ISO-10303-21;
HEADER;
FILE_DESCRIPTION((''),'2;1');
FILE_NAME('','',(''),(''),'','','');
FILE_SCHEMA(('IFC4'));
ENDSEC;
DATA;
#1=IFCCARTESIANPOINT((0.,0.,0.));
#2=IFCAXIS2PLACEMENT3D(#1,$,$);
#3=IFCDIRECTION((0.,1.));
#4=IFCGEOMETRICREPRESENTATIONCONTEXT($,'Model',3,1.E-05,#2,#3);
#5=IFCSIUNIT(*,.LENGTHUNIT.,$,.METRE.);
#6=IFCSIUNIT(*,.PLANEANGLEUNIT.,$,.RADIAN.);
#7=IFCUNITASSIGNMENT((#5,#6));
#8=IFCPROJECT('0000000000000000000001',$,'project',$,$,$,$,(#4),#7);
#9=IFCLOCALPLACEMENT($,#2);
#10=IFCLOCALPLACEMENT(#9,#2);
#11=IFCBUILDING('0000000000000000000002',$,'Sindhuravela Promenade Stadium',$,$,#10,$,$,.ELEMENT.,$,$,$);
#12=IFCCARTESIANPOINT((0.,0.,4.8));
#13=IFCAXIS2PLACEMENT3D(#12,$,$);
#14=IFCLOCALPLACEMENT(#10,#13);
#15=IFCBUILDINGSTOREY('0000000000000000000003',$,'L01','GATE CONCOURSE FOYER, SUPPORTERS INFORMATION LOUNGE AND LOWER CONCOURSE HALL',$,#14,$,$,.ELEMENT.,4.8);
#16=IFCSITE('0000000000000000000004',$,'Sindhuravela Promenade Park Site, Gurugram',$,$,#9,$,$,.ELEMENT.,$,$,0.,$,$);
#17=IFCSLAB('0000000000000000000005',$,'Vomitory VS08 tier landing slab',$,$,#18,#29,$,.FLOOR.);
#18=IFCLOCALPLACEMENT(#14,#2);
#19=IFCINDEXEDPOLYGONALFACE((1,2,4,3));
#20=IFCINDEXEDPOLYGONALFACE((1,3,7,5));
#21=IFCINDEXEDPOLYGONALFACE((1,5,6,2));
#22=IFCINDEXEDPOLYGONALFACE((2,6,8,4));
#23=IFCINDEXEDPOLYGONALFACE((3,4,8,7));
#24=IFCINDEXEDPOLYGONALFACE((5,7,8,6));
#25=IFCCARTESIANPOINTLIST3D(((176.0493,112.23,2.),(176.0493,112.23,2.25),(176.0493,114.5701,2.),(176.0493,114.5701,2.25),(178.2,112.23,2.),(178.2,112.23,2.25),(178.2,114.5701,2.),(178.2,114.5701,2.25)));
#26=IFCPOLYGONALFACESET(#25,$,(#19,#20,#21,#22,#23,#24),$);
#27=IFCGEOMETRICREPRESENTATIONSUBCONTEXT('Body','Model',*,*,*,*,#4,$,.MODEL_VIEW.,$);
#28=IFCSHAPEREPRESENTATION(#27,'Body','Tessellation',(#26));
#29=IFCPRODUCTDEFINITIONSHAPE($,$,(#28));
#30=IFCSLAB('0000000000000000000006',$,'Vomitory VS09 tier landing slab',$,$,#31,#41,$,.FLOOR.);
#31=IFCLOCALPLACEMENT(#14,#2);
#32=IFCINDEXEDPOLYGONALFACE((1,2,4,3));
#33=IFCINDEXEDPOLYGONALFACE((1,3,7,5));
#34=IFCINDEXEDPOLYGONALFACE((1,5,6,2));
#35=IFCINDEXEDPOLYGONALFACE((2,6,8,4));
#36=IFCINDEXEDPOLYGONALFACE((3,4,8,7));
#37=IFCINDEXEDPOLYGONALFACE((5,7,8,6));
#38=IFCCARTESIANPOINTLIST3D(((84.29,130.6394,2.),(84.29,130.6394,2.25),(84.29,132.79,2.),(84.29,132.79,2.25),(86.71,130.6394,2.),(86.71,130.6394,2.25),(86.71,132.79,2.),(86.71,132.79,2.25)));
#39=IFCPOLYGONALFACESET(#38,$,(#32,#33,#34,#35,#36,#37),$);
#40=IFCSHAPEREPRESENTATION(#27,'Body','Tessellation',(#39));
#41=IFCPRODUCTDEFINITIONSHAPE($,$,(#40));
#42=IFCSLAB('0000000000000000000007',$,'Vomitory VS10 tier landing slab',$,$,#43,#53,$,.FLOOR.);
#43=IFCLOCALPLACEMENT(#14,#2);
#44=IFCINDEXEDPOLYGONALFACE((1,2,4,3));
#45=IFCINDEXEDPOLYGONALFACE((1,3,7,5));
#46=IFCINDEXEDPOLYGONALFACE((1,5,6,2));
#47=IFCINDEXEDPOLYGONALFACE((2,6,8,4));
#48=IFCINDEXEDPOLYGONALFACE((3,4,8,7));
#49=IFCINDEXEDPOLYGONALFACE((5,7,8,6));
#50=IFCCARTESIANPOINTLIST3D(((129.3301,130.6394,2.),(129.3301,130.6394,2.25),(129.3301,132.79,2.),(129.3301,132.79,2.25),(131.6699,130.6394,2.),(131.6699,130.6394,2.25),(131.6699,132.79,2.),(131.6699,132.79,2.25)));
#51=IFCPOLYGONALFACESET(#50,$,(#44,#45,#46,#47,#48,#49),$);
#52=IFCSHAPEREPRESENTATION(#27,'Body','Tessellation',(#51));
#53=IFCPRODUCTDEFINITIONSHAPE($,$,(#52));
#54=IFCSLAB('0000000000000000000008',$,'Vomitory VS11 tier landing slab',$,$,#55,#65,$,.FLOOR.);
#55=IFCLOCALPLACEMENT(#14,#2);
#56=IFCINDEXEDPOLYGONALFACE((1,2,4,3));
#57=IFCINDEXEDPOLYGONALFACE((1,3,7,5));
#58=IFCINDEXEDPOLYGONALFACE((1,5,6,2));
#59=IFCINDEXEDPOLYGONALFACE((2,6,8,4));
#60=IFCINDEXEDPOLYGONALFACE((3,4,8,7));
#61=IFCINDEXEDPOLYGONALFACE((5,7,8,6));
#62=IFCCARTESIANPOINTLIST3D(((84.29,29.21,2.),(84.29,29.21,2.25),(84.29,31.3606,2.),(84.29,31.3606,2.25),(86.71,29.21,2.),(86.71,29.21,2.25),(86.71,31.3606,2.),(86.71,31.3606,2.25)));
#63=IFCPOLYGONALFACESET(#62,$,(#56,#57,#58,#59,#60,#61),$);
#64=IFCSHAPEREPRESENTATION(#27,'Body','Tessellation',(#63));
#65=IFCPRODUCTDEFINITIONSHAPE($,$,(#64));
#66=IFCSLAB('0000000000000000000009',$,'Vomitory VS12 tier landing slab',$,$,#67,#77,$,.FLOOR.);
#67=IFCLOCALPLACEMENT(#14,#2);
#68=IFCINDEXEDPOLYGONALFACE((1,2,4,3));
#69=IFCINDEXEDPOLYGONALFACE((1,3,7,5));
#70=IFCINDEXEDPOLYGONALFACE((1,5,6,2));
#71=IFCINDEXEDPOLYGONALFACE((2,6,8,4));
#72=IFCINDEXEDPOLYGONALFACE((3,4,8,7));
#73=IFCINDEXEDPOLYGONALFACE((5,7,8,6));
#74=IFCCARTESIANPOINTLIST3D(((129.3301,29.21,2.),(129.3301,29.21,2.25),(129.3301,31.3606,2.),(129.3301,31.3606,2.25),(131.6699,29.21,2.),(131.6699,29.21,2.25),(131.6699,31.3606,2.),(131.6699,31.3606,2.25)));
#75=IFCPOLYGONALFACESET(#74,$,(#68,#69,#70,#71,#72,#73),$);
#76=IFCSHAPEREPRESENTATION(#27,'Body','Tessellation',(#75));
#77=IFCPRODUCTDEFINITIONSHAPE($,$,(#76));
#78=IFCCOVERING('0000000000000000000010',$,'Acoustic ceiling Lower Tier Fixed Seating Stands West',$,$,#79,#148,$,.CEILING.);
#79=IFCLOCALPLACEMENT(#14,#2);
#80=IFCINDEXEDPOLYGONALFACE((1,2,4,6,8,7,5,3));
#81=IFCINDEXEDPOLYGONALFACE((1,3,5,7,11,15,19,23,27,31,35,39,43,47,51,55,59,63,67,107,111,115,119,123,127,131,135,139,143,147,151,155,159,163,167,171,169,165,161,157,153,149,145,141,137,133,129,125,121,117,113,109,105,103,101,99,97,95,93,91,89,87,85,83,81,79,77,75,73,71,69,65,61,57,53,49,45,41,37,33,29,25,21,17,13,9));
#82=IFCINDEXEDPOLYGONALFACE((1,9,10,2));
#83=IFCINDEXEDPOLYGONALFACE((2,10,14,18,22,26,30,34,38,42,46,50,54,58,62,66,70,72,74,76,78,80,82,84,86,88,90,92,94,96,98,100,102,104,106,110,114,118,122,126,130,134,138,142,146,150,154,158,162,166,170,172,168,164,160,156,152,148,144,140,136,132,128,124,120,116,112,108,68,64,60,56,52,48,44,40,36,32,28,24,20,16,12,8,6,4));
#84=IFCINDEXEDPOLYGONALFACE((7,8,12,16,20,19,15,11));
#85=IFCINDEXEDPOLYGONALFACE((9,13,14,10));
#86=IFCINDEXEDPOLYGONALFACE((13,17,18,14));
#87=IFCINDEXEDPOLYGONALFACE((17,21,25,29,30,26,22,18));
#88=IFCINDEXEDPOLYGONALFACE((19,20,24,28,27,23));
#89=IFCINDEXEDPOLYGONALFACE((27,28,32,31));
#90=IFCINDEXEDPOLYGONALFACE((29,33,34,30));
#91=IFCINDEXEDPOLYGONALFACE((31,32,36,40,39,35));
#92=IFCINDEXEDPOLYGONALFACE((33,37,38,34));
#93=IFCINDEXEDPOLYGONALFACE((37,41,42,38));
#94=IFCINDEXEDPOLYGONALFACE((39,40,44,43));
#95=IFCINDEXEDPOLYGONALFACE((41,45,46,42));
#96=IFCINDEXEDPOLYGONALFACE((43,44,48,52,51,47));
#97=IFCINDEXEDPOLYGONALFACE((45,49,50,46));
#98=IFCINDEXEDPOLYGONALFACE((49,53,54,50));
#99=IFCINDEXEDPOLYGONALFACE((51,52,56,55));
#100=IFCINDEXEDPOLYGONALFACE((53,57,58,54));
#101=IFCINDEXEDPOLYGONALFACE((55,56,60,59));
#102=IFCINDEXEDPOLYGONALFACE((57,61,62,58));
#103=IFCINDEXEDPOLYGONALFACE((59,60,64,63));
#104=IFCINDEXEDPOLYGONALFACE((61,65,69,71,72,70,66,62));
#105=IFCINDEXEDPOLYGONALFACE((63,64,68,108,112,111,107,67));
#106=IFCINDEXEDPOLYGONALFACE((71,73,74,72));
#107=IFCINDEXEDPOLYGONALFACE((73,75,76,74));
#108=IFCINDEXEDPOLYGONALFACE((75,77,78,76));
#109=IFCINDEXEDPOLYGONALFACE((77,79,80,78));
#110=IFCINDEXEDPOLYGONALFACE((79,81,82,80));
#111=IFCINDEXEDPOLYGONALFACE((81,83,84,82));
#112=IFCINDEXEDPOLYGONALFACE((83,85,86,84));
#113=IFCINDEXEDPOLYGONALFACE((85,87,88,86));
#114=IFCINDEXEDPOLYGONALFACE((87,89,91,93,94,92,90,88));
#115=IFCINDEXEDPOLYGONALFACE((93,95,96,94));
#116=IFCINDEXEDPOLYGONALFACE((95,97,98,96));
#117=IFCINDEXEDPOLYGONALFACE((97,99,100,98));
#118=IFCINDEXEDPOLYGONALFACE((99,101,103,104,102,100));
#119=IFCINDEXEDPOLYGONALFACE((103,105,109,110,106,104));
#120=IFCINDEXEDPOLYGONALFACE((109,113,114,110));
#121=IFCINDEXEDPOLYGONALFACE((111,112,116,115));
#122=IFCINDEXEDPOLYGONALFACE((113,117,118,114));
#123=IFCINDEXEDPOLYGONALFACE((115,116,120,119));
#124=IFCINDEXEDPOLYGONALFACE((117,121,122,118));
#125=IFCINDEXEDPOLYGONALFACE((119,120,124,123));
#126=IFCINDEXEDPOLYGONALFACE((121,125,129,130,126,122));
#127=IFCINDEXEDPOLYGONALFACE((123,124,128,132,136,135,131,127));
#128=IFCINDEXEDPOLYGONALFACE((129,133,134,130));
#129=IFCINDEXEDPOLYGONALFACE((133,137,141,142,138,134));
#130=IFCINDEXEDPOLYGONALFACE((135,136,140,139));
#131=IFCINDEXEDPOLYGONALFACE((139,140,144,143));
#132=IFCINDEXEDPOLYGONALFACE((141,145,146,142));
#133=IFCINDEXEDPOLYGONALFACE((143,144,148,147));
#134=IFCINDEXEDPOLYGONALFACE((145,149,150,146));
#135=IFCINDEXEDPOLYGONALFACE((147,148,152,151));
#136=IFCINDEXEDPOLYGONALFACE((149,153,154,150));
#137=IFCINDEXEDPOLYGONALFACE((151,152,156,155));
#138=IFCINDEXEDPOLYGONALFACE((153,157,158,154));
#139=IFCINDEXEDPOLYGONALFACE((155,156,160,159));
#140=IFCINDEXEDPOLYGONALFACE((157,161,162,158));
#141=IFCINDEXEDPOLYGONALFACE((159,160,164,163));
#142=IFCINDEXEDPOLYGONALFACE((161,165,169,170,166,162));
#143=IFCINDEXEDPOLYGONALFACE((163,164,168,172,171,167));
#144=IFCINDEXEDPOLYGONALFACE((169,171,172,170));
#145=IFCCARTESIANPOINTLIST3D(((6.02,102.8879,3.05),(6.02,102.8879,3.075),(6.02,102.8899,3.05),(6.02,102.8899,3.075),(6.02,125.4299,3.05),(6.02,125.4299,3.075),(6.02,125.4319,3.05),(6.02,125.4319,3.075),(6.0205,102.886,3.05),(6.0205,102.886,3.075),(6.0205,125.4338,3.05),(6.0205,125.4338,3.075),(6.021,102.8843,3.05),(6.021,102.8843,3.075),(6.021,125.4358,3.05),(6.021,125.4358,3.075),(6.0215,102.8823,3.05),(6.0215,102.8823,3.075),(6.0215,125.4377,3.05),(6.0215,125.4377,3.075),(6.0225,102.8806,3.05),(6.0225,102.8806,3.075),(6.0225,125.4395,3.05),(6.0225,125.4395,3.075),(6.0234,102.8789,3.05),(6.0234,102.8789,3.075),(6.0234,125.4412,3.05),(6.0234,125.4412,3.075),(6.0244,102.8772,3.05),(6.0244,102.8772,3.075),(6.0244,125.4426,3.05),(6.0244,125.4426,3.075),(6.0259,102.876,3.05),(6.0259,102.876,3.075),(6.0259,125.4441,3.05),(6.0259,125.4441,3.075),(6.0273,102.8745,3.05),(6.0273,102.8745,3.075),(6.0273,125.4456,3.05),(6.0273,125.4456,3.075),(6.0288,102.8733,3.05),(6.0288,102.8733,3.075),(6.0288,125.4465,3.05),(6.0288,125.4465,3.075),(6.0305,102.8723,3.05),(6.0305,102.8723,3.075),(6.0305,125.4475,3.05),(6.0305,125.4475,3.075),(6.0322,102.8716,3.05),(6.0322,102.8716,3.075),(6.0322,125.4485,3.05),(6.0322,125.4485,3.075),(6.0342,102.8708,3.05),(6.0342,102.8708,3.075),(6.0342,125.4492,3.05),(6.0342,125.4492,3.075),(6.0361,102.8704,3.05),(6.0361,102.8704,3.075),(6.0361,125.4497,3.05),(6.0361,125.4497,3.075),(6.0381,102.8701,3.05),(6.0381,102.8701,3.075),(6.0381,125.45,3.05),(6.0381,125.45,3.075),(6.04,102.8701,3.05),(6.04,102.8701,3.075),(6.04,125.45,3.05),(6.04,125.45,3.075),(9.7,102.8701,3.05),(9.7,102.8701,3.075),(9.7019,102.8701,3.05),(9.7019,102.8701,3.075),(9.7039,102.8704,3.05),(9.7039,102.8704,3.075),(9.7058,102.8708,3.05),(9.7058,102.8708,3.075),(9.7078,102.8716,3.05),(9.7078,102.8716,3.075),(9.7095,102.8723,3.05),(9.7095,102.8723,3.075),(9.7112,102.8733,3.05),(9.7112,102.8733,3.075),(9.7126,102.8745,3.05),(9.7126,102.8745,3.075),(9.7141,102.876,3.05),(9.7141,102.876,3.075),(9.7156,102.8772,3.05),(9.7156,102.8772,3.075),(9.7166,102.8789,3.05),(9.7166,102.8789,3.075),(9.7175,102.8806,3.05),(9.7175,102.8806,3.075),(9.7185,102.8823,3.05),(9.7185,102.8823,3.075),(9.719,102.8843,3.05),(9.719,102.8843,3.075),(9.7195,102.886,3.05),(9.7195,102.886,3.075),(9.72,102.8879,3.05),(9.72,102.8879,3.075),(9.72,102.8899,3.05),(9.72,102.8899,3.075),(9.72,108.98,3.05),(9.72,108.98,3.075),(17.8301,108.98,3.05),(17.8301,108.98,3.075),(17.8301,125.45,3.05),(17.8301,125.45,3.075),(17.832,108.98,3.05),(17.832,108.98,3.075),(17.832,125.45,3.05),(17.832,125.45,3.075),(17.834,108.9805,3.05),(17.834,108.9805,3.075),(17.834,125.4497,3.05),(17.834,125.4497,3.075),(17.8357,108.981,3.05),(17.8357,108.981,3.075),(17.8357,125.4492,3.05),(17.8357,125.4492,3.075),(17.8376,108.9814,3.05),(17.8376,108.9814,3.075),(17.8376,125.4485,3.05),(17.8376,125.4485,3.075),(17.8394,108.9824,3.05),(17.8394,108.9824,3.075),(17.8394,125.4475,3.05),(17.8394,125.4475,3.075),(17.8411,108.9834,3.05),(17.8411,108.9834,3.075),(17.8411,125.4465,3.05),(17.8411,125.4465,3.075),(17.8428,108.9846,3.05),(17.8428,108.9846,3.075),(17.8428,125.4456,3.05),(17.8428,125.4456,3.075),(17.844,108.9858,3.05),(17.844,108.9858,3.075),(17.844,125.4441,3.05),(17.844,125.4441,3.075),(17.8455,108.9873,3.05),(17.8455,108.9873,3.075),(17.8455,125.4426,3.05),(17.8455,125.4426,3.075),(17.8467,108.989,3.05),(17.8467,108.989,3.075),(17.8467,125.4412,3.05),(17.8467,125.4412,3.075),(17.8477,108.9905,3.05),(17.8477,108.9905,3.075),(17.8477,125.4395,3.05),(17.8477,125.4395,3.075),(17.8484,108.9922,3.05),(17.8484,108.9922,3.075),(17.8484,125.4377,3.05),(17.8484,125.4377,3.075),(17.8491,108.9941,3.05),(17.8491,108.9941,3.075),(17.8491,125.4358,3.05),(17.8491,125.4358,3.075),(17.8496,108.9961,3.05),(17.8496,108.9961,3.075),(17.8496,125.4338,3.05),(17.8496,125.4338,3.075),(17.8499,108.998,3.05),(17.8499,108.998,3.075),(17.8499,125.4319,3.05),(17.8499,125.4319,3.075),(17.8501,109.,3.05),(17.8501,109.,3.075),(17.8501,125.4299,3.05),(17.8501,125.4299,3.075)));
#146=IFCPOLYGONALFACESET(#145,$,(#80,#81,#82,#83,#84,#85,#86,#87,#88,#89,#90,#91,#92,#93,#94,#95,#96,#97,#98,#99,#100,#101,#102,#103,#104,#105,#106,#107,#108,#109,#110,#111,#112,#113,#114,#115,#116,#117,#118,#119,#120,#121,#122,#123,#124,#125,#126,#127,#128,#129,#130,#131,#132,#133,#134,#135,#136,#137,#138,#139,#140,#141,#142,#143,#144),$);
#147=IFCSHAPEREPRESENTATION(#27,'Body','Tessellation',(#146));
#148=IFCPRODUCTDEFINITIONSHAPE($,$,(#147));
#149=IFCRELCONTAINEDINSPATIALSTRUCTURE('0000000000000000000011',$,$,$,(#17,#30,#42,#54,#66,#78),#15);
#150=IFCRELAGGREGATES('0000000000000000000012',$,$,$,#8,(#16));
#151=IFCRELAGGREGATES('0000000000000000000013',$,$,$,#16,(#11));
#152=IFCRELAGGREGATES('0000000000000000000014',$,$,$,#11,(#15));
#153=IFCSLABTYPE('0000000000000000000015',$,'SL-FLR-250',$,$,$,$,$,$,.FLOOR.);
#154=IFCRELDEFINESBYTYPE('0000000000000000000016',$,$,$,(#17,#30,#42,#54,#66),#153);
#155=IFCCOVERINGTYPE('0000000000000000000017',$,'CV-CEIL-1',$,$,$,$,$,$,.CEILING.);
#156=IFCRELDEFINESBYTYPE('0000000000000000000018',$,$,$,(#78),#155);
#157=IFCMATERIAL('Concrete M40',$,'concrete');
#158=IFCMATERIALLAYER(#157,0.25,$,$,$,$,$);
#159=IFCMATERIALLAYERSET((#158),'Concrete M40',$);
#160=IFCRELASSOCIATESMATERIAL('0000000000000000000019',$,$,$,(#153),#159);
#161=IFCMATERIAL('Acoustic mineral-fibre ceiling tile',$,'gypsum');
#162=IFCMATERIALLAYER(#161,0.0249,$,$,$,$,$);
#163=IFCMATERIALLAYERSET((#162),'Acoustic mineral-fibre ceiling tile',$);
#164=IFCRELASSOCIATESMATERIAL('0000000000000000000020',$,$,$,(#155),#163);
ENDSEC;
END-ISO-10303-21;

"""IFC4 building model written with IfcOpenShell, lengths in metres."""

from ifc_helpers import new_model, si_unit, direction, frame, origin, place, context, subcontext, project, spatial, polyline, outline, extrude, material, layer, layer_set, type_object, element, save


model = new_model("IFC4")

# Units and contexts
model_context = context("Model", 3, precision=1e-05, world=origin(), true_north=direction((0.0, 1.0)))
body_context = subcontext(model_context, "Body", "Model", "MODEL_VIEW")
ifc_project = project(units=[si_unit("LENGTHUNIT", "METRE"), si_unit("PLANEANGLEUNIT", "RADIAN")], contexts=[model_context])

# Site, building, storey
site_placement = place(None, origin())
site = spatial("IfcSite", under=ifc_project, at=site_placement, Name="Sindhuravela Promenade Park Site, Gurugram", CompositionType="ELEMENT", RefElevation=0.0)
building_placement = place(site_placement, origin())
building = spatial("IfcBuilding", under=site, at=building_placement, Name="Sindhuravela Promenade Stadium", CompositionType="ELEMENT")
storey_placement = place(building_placement, frame((0.0, 0.0, 4.8)))
storey = spatial("IfcBuildingStorey", under=building, at=storey_placement, Name="L01", Description="GATE CONCOURSE FOYER, SUPPORTERS INFORMATION LOUNGE AND LOWER CONCOURSE HALL", CompositionType="ELEMENT", Elevation=4.8)

# Slabs
ifc_material_1 = material(Name="Concrete M40", Category="concrete")
ifc_layer_1 = layer(ifc_material_1, 0.25)
ifc_layer_set_1 = layer_set([ifc_layer_1], Name="Concrete M40")
slab_type = type_object("IfcSlabType", Name="SL-FLR-250", PredefinedType="FLOOR", material=ifc_layer_set_1)
slab_1_placement = place(storey_placement, frame((0.0, 0.0, 2.0)))
element("IfcSlab", 1, at=slab_1_placement, inside=storey, type_object=slab_type, Name="Vomitory VS08 tier landing slab", PredefinedType="FLOOR", context=body_context, shape_type="SweptSolid", body=[
    extrude(outline(polyline([(176.0493, 112.23), (178.2, 112.23), (178.2, 114.5701), (176.0493, 114.5701), (176.0493, 112.23)])), origin(), (0.0, 0.0, 1.0), 0.25),
])
slab_2_placement = place(storey_placement, frame((0.0, 0.0, 2.0)))
element("IfcSlab", 2, at=slab_2_placement, inside=storey, type_object=slab_type, Name="Vomitory VS09 tier landing slab", PredefinedType="FLOOR", context=body_context, shape_type="SweptSolid", body=[
    extrude(outline(polyline([(86.71, 130.6394), (86.71, 132.79), (84.29, 132.79), (84.29, 130.6394), (86.71, 130.6394)])), origin(), (0.0, 0.0, 1.0), 0.25),
])
slab_3_placement = place(storey_placement, frame((0.0, 0.0, 2.0)))
element("IfcSlab", 3, at=slab_3_placement, inside=storey, type_object=slab_type, Name="Vomitory VS10 tier landing slab", PredefinedType="FLOOR", context=body_context, shape_type="SweptSolid", body=[
    extrude(outline(polyline([(131.6699, 130.6394), (131.6699, 132.79), (129.3301, 132.79), (129.3301, 130.6394), (131.6699, 130.6394)])), origin(), (0.0, 0.0, 1.0), 0.25),
])
slab_4_placement = place(storey_placement, frame((0.0, 0.0, 2.0)))
element("IfcSlab", 4, at=slab_4_placement, inside=storey, type_object=slab_type, Name="Vomitory VS11 tier landing slab", PredefinedType="FLOOR", context=body_context, shape_type="SweptSolid", body=[
    extrude(outline(polyline([(84.29, 31.3606), (84.29, 29.21), (86.71, 29.21), (86.71, 31.3606), (84.29, 31.3606)])), origin(), (0.0, 0.0, 1.0), 0.25),
])
slab_5_placement = place(storey_placement, frame((0.0, 0.0, 2.0)))
element("IfcSlab", 5, at=slab_5_placement, inside=storey, type_object=slab_type, Name="Vomitory VS12 tier landing slab", PredefinedType="FLOOR", context=body_context, shape_type="SweptSolid", body=[
    extrude(outline(polyline([(129.3301, 31.3606), (129.3301, 29.21), (131.6699, 29.21), (131.6699, 31.3606), (129.3301, 31.3606)])), origin(), (0.0, 0.0, 1.0), 0.25),
])

# Covering
ifc_material_2 = material(Name="Acoustic mineral-fibre ceiling tile", Category="gypsum")
ifc_layer_2 = layer(ifc_material_2, 0.0249)
ifc_layer_set_2 = layer_set([ifc_layer_2], Name="Acoustic mineral-fibre ceiling tile")
covering_type_1 = type_object("IfcCoveringType", Name="CV-CEIL-1", PredefinedType="CEILING", material=ifc_layer_set_2)
covering_1_placement = place(storey_placement, frame((0.0, 0.0, 3.05)))
element("IfcCovering", 6, at=covering_1_placement, inside=storey, type_object=covering_type_1, Name="Acoustic ceiling Lower Tier Fixed Seating Stands West", PredefinedType="CEILING", context=body_context, shape_type="SweptSolid", body=[
    extrude(outline(polyline([(9.72, 108.98), (9.72, 102.8899), (9.72, 102.8879), (9.7195, 102.886), (9.719, 102.8843), (9.7185, 102.8823), (9.7175, 102.8806), (9.7166, 102.8789), (9.7156, 102.8772), (9.7141, 102.876), (9.7126, 102.8745), (9.7112, 102.8733), (9.7095, 102.8723), (9.7078, 102.8716), (9.7058, 102.8708), (9.7039, 102.8704), (9.7019, 102.8701), (9.7, 102.8701), (6.04, 102.8701), (6.0381, 102.8701), (6.0361, 102.8704), (6.0342, 102.8708), (6.0322, 102.8716), (6.0305, 102.8723), (6.0288, 102.8733), (6.0273, 102.8745), (6.0259, 102.876), (6.0244, 102.8772), (6.0234, 102.8789), (6.0225, 102.8806), (6.0215, 102.8823), (6.021, 102.8843), (6.0205, 102.886), (6.02, 102.8879), (6.02, 102.8899), (6.02, 125.4299), (6.02, 125.4319), (6.0205, 125.4338), (6.021, 125.4358), (6.0215, 125.4377), (6.0225, 125.4395), (6.0234, 125.4412), (6.0244, 125.4426), (6.0259, 125.4441), (6.0273, 125.4456), (6.0288, 125.4465), (6.0305, 125.4475), (6.0322, 125.4485), (6.0342, 125.4492), (6.0361, 125.4497), (6.0381, 125.45), (6.04, 125.45), (17.8301, 125.45), (17.832, 125.45), (17.834, 125.4497), (17.8357, 125.4492), (17.8376, 125.4485), (17.8394, 125.4475), (17.8411, 125.4465), (17.8428, 125.4456), (17.844, 125.4441), (17.8455, 125.4426), (17.8467, 125.4412), (17.8477, 125.4395), (17.8484, 125.4377), (17.8491, 125.4358), (17.8496, 125.4338), (17.8499, 125.4319), (17.8501, 125.4299), (17.8501, 109.0), (17.8499, 108.998), (17.8496, 108.9961), (17.8491, 108.9941), (17.8484, 108.9922), (17.8477, 108.9905), (17.8467, 108.989), (17.8455, 108.9873), (17.844, 108.9858), (17.8428, 108.9846), (17.8411, 108.9834), (17.8394, 108.9824), (17.8376, 108.9814), (17.8357, 108.981), (17.834, 108.9805), (17.832, 108.98), (17.8301, 108.98), (9.72, 108.98)])), origin(), (0.0, 0.0, 1.0), 0.0249),
])

save(model, "model.ifc")
